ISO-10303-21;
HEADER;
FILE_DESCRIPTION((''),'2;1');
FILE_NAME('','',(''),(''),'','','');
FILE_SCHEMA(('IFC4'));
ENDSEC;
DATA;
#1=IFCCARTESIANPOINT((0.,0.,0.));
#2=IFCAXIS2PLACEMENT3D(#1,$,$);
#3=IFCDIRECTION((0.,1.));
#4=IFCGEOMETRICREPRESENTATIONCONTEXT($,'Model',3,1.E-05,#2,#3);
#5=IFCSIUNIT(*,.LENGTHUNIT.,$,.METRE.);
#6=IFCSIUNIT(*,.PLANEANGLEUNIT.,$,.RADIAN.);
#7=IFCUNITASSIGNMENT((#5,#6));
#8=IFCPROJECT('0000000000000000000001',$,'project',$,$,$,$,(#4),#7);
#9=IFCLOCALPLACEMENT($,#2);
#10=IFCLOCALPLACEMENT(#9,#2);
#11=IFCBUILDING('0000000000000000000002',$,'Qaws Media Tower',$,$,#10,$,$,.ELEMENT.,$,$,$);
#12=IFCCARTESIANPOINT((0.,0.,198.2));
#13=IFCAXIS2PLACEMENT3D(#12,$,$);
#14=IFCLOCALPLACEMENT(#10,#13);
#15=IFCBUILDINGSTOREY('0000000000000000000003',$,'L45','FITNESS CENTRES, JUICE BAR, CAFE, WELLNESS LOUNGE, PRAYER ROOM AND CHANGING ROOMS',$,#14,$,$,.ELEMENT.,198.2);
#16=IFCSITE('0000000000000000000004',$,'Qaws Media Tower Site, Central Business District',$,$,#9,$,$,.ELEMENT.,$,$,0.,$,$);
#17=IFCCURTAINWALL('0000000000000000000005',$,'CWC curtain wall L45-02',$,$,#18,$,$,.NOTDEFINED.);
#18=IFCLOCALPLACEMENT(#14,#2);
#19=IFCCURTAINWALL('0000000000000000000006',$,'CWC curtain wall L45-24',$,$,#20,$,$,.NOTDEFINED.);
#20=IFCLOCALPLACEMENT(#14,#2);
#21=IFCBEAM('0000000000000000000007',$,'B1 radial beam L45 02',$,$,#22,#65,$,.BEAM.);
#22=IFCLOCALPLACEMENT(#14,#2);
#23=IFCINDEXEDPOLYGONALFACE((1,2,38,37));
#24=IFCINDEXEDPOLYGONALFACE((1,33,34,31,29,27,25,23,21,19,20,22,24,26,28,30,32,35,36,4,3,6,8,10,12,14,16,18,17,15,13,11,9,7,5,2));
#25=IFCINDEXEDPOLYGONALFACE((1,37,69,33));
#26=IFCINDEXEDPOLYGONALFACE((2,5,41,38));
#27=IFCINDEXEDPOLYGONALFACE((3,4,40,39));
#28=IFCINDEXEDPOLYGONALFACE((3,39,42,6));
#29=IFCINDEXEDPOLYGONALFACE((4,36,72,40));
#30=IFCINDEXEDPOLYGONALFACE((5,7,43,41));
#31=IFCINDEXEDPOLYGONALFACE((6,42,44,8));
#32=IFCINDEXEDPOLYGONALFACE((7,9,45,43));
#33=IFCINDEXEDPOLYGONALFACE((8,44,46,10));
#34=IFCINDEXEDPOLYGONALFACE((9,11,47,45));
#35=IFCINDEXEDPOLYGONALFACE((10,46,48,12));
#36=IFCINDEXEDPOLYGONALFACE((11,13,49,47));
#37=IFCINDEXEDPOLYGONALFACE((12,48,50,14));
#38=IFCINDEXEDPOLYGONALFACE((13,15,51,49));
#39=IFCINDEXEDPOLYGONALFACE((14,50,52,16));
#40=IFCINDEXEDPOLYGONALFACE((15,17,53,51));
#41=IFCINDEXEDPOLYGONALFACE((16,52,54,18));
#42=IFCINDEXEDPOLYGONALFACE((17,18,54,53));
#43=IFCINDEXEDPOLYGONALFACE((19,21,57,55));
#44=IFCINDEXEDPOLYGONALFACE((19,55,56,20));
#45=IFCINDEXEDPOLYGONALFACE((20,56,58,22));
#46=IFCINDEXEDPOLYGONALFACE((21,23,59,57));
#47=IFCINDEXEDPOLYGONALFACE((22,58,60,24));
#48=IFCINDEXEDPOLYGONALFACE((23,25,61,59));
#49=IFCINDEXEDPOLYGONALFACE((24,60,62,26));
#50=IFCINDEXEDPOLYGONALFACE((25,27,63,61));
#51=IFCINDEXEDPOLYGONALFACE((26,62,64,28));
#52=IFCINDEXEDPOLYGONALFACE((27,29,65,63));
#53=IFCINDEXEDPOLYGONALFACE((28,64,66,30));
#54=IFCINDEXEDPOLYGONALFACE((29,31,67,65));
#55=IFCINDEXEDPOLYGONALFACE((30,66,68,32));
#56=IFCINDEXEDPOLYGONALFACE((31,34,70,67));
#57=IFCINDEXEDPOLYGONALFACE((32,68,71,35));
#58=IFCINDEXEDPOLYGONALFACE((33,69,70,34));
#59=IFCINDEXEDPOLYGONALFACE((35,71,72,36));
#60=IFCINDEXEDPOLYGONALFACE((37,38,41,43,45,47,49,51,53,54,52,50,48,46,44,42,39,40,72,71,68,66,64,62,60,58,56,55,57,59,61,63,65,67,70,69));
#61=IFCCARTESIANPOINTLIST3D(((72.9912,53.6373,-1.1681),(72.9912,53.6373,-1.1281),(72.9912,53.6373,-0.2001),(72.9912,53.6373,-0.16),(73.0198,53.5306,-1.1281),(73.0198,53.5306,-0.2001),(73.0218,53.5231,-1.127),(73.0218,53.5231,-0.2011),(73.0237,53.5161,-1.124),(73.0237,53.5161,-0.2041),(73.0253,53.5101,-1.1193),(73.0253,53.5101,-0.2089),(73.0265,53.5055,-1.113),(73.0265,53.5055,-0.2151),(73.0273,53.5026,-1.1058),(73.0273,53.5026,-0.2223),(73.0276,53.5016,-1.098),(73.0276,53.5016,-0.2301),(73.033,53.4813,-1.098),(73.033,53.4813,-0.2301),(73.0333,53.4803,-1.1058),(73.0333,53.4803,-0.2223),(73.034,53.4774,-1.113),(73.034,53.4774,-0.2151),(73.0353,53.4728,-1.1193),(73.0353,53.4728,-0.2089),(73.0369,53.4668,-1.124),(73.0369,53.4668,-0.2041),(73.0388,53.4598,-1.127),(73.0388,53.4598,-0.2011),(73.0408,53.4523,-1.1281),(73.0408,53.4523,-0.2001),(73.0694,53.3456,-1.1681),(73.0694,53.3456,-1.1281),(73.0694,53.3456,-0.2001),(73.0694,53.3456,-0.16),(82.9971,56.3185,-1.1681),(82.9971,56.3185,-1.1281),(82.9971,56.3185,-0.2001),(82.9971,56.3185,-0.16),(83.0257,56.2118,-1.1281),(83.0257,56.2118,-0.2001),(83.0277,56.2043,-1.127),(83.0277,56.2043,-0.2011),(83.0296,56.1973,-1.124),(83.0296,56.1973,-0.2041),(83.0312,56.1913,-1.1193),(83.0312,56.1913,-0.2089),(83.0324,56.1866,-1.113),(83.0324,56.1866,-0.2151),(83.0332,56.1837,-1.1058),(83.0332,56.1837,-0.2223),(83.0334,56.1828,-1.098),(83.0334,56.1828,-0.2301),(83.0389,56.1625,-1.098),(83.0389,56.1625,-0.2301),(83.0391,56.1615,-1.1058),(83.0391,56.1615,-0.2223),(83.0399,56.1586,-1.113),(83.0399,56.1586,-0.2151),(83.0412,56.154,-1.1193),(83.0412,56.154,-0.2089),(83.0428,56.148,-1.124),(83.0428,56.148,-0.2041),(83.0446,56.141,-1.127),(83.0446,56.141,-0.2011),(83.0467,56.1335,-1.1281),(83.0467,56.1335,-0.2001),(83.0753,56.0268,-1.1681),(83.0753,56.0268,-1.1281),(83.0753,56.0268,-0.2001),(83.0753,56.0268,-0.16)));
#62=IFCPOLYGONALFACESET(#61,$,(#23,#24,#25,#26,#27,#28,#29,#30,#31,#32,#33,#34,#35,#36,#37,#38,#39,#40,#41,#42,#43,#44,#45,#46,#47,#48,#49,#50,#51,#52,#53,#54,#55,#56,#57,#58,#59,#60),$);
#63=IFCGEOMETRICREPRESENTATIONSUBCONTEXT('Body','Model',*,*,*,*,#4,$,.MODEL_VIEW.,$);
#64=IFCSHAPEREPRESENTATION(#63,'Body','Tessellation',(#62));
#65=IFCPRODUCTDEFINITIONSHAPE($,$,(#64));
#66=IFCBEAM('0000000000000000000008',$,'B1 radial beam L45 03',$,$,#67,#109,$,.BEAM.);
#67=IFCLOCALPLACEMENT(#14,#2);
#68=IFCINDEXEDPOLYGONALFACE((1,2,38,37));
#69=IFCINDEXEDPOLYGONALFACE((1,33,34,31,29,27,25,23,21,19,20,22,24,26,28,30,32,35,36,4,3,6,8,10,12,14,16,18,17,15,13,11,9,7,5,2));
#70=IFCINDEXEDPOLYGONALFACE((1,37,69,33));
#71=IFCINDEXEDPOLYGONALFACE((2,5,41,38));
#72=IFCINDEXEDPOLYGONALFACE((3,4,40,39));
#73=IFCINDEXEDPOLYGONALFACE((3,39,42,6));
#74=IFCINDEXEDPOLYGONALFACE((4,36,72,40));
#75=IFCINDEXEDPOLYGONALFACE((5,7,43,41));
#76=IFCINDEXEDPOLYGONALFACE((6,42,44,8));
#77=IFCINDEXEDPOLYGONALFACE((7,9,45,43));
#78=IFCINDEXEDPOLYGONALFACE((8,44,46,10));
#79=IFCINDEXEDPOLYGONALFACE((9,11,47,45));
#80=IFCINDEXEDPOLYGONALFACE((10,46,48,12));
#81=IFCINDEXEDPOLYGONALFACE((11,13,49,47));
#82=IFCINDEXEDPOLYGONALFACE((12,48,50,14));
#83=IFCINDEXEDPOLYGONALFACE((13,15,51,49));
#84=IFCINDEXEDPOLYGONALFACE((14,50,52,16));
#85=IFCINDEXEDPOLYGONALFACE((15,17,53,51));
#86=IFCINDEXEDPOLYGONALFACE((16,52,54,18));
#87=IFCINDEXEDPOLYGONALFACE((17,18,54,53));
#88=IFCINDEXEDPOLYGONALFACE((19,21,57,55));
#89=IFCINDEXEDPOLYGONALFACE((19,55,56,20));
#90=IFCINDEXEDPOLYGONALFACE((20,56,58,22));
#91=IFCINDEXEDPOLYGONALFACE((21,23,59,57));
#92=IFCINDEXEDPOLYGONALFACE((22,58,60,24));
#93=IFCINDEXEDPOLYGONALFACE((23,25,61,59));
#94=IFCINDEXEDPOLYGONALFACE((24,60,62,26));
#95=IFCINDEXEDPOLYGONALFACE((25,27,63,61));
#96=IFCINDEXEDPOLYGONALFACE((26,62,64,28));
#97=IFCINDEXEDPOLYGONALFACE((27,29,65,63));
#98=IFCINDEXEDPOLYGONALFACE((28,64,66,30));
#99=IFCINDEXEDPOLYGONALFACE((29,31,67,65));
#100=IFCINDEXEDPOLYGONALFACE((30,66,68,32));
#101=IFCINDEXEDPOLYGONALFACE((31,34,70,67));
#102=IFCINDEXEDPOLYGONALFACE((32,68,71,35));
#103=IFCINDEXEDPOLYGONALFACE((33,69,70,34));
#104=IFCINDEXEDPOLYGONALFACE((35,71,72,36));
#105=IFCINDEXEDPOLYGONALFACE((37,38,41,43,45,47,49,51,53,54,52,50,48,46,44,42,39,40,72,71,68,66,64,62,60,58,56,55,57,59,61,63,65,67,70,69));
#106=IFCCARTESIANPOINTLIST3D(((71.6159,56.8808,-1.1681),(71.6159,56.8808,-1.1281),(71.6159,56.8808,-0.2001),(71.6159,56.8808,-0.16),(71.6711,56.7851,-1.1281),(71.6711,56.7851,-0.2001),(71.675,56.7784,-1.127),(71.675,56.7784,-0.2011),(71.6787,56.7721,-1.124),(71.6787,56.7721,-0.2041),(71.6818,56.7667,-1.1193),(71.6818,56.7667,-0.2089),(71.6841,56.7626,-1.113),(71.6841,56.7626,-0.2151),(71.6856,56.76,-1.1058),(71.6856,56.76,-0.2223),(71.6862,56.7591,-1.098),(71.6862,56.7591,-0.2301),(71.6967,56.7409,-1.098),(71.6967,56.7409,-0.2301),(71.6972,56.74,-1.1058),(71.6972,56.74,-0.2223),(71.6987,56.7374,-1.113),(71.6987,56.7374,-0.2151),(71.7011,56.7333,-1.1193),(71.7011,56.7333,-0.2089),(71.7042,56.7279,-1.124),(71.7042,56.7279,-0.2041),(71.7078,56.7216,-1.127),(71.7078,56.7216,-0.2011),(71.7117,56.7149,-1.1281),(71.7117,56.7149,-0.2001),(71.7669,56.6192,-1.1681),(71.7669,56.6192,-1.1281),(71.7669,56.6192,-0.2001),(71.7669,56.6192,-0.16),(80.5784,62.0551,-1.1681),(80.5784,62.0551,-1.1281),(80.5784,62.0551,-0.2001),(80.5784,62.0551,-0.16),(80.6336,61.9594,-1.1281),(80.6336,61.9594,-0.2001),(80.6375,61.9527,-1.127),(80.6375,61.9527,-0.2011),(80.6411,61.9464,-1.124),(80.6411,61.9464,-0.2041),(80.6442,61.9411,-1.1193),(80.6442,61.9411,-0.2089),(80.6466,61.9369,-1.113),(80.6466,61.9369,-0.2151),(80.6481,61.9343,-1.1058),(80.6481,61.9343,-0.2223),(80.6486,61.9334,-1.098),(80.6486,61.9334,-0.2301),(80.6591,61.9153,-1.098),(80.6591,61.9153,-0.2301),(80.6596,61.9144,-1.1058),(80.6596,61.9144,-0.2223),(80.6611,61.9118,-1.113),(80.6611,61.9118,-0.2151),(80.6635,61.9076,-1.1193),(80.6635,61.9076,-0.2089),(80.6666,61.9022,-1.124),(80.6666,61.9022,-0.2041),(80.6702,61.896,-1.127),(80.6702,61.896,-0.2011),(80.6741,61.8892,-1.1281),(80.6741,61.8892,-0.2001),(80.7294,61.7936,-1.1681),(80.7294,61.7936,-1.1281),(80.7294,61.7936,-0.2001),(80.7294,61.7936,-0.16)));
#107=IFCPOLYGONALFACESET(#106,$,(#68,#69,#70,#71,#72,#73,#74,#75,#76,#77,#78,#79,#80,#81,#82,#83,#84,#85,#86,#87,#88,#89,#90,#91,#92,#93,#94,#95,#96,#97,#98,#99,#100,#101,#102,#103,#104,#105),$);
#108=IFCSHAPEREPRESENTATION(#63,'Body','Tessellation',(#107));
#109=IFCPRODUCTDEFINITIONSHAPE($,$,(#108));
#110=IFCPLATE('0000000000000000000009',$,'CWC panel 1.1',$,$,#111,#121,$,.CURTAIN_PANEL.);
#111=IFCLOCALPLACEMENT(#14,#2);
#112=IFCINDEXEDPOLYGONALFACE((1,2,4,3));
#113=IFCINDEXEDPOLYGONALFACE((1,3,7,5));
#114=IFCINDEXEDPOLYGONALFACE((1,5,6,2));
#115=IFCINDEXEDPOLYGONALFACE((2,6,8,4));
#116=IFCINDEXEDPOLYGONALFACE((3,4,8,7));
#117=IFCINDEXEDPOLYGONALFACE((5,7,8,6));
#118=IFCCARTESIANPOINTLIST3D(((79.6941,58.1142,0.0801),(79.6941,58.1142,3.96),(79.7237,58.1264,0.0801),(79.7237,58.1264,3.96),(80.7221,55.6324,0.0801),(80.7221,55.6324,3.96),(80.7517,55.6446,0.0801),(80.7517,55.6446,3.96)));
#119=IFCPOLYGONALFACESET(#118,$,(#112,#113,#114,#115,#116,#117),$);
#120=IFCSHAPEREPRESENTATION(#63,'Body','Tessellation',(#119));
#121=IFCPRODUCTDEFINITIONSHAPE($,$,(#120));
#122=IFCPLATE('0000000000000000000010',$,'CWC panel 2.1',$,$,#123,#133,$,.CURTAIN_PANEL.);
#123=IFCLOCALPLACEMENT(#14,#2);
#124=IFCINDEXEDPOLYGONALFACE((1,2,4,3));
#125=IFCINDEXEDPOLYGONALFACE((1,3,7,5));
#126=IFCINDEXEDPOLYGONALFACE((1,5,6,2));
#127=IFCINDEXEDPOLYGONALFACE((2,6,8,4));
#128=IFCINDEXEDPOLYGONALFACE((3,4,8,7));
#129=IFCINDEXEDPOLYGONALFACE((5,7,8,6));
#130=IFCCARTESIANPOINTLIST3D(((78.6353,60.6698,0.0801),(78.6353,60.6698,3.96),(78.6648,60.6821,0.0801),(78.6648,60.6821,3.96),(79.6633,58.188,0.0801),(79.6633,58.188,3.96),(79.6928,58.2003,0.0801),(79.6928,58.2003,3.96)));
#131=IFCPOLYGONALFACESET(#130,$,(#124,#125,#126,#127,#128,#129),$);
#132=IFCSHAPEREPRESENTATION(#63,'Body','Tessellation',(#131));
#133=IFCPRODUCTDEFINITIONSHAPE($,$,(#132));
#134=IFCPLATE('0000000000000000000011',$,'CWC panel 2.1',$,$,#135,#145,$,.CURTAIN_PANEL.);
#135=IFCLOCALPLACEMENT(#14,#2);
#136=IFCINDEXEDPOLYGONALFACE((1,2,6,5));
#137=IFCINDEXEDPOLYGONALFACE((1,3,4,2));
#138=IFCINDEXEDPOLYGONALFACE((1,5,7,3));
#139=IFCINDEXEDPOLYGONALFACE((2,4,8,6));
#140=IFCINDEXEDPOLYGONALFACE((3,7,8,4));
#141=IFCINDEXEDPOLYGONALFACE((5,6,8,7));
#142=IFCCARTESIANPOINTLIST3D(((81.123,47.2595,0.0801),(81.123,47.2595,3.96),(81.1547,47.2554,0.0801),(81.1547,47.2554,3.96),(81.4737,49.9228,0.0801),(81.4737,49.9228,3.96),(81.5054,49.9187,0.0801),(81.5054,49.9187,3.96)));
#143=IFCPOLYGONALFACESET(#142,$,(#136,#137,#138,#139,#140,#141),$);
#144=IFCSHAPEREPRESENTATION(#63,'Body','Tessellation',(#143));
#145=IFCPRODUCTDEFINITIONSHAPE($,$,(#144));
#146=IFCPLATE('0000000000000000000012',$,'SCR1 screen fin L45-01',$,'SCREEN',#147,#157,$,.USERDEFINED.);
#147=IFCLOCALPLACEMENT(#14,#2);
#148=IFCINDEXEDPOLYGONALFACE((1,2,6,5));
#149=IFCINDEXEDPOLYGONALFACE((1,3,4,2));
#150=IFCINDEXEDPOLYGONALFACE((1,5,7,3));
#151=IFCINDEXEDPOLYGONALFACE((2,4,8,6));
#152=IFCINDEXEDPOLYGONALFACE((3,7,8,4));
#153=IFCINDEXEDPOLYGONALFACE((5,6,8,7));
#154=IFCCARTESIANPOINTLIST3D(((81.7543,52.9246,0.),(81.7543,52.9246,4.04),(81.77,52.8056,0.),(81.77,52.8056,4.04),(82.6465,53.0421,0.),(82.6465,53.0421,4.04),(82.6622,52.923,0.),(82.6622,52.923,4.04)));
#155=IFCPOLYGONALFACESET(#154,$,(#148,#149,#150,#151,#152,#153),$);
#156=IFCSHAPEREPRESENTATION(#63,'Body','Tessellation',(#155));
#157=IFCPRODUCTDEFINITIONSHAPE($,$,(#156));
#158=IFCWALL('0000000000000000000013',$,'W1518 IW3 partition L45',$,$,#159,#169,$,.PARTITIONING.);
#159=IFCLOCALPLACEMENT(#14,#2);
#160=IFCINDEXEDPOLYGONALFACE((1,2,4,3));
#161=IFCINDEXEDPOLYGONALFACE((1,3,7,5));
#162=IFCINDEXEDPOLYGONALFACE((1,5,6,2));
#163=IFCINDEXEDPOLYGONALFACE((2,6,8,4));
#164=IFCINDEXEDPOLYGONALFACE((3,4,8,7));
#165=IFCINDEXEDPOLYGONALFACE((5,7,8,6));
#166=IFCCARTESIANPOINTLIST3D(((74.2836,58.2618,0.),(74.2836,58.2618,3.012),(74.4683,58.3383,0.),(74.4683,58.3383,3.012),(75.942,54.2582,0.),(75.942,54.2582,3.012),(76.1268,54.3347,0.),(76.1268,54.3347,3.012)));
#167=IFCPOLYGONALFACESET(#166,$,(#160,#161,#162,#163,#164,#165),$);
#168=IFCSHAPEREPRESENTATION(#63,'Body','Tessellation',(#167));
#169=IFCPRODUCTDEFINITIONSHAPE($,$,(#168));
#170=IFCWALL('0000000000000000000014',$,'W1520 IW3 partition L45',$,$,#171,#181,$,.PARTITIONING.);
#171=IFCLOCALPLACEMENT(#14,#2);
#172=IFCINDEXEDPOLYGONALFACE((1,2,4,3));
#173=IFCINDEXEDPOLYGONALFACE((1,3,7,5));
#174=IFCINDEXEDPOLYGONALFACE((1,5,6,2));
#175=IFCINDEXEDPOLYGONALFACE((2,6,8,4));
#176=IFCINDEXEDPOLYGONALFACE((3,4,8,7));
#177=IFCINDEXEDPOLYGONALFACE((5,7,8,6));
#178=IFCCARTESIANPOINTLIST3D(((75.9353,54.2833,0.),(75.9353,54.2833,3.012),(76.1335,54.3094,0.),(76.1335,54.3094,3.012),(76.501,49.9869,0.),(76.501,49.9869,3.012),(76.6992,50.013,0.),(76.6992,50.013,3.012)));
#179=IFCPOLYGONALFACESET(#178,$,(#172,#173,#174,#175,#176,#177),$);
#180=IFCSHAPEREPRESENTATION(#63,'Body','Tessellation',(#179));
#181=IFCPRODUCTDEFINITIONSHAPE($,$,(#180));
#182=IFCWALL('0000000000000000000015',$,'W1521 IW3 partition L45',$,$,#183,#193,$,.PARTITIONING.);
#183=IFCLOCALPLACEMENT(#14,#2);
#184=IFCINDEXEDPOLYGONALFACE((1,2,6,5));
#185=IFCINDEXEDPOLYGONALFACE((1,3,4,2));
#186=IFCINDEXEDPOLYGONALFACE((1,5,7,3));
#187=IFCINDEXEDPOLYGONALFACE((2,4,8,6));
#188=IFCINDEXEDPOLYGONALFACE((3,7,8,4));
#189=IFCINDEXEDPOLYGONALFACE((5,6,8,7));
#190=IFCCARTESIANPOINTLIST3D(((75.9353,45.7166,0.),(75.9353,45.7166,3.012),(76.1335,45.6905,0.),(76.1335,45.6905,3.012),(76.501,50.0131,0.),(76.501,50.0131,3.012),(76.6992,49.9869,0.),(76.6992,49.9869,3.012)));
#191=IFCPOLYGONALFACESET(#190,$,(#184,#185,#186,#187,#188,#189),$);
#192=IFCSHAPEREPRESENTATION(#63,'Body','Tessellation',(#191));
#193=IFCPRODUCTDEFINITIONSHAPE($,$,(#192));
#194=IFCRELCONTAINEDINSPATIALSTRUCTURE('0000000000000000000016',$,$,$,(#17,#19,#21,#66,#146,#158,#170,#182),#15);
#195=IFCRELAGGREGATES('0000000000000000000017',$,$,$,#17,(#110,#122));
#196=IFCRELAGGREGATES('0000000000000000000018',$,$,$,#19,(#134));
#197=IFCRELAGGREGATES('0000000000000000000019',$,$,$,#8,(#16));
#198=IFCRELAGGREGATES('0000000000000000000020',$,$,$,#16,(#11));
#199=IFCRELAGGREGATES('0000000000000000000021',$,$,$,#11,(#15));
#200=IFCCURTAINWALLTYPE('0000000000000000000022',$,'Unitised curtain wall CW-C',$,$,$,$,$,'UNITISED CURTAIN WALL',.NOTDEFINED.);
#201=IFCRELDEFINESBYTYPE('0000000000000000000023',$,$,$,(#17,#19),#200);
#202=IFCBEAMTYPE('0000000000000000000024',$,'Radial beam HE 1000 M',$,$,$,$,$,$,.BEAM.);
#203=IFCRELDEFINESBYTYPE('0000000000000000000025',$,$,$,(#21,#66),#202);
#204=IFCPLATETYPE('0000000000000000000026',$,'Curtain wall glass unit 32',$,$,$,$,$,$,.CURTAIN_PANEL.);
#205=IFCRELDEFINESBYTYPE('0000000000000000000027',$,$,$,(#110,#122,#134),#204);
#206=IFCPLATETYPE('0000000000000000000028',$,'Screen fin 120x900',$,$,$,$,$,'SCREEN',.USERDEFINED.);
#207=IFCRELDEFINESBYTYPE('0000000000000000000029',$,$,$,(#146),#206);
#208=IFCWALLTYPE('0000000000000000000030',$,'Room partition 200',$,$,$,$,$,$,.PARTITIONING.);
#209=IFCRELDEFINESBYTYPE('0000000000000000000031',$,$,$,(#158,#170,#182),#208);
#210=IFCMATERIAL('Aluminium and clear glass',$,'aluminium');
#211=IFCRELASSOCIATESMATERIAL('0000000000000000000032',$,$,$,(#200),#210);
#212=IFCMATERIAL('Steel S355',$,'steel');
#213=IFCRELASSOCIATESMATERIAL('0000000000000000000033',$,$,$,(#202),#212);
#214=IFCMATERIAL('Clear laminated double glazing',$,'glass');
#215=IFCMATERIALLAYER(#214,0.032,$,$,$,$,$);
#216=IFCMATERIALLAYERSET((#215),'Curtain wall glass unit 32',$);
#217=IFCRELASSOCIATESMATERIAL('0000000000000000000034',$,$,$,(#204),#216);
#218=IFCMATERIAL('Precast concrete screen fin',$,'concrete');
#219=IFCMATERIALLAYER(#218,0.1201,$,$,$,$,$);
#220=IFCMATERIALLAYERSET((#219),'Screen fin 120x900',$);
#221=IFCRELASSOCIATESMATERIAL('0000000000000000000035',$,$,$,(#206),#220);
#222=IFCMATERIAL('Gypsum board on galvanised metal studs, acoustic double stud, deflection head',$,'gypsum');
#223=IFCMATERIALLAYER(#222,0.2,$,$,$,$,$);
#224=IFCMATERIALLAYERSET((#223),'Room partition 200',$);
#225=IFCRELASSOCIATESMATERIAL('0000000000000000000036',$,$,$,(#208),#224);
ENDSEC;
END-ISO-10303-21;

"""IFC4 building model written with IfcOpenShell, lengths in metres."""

from ifc_helpers import new_model, si_unit, direction, frame, frame_2d, origin, origin_2d, place, context, subcontext, project, spatial, rectangle, i_section, extrude, material, layer, layer_set, material_profile, profile_set, type_object, element, aggregate, save


model = new_model("IFC4")

# Units and contexts
model_context = context("Model", 3, precision=1e-05, world=origin(), true_north=direction((0.0, 1.0)))
body_context = subcontext(model_context, "Body", "Model", "MODEL_VIEW")
ifc_project = project(units=[si_unit("LENGTHUNIT", "METRE"), si_unit("PLANEANGLEUNIT", "RADIAN")], contexts=[model_context])

# Site, building, storey
site_placement = place(None, origin())
site = spatial("IfcSite", under=ifc_project, at=site_placement, Name="Qaws Media Tower Site, Central Business District", CompositionType="ELEMENT", RefElevation=0.0)
building_placement = place(site_placement, origin())
building = spatial("IfcBuilding", under=site, at=building_placement, Name="Qaws Media Tower", CompositionType="ELEMENT")
storey_placement = place(building_placement, frame((0.0, 0.0, 198.2)))
storey = spatial("IfcBuildingStorey", under=building, at=storey_placement, Name="L45", Description="FITNESS CENTRES, JUICE BAR, CAFE, WELLNESS LOUNGE, PRAYER ROOM AND CHANGING ROOMS", CompositionType="ELEMENT", Elevation=198.2)

# Curtain wall
ifc_material_1 = material(Name="Aluminium and clear glass", Category="aluminium")
curtain_wall_type = type_object("IfcCurtainWallType", Name="Unitised curtain wall CW-C", ElementType="UNITISED CURTAIN WALL", PredefinedType="NOTDEFINED", material=ifc_material_1)
curtain_wall_1_placement = place(storey_placement, origin())
curtain_wall_1 = element("IfcCurtainWall", 1, at=curtain_wall_1_placement, inside=storey, type_object=curtain_wall_type, Name="CWC curtain wall L45-02", PredefinedType="NOTDEFINED")

# Curtain wall
curtain_wall_2_placement = place(storey_placement, origin())
curtain_wall_2 = element("IfcCurtainWall", 2, at=curtain_wall_2_placement, inside=storey, type_object=curtain_wall_type, Name="CWC curtain wall L45-24", PredefinedType="NOTDEFINED")

# Beams
ifc_material_2 = material(Name="Steel S355", Category="steel")
ifc_material_profile_1 = material_profile(ifc_material_2, i_section(OverallWidth=0.302, OverallDepth=1.0081, WebThickness=0.021, FlangeThickness=0.04, FilletRadius=0.03, at=origin_2d()), Name="HE 1000 M")
ifc_profile_set_1 = profile_set([ifc_material_profile_1], Name="Steel S355")
beam_type_1 = type_object("IfcBeamType", Name="Radial beam HE 1000 M", PredefinedType="BEAM", material=ifc_profile_set_1)
beam_1_placement = place(storey_placement, frame((73.0303, 53.4915, -0.6641), z_axis=(0.965924, 0.258827, 0.0), x_axis=(-0.258827, 0.965924, 0.0)))
element("IfcBeam", 3, at=beam_1_placement, inside=storey, type_object=beam_type_1, Name="B1 radial beam L45 02", PredefinedType="BEAM", context=body_context, shape_type="SweptSolid", body=[
    extrude(i_section(OverallWidth=0.302, OverallDepth=1.0081, WebThickness=0.021, FlangeThickness=0.04, FilletRadius=0.03, at=origin_2d()), origin(), (0.0, 0.0, 1.0), 10.3589),
])
beam_2_placement = place(storey_placement, frame((71.6914, 56.75, -0.6641), z_axis=(0.866031, 0.499991, 0.0), x_axis=(-0.499991, 0.866031, 0.0)))
element("IfcBeam", 4, at=beam_2_placement, inside=storey, type_object=beam_type_1, Name="B1 radial beam L45 03", PredefinedType="BEAM", context=body_context, shape_type="SweptSolid", body=[
    extrude(i_section(OverallWidth=0.302, OverallDepth=1.0081, WebThickness=0.021, FlangeThickness=0.04, FilletRadius=0.03, at=origin_2d()), origin(), (0.0, 0.0, 1.0), 10.3489),
])

# Plates
ifc_material_3 = material(Name="Clear laminated double glazing", Category="glass")
ifc_layer_1 = layer(ifc_material_3, 0.032)
ifc_layer_set_1 = layer_set([ifc_layer_1], Name="Curtain wall glass unit 32")
plate_type_1 = type_object("IfcPlateType", Name="Curtain wall glass unit 32", PredefinedType="CURTAIN_PANEL", material=ifc_layer_set_1)
plate_1_placement = place(storey_placement, frame((80.2229, 56.8794, 0.0801), z_axis=(0.0, 0.0, 1.0), x_axis=(-0.382683, 0.92388, 0.0)))
plate_1 = element("IfcPlate", 5, at=plate_1_placement, type_object=plate_type_1, Name="CWC panel 1.1", PredefinedType="CURTAIN_PANEL", context=body_context, shape_type="SweptSolid", body=[
    extrude(rectangle(XDim=2.6863, YDim=0.032, at=origin_2d()), origin(), (0.0, 0.0, 1.0), 3.8799),
])
plate_2_placement = place(storey_placement, frame((79.1641, 59.4351, 0.0801), z_axis=(0.0, 0.0, 1.0), x_axis=(-0.382683, 0.92388, 0.0)))
plate_2 = element("IfcPlate", 6, at=plate_2_placement, type_object=plate_type_1, Name="CWC panel 2.1", PredefinedType="CURTAIN_PANEL", context=body_context, shape_type="SweptSolid", body=[
    extrude(rectangle(XDim=2.6863, YDim=0.032, at=origin_2d()), origin(), (0.0, 0.0, 1.0), 3.8799),
])
aggregate(curtain_wall_1, [plate_1, plate_2])
plate_3_placement = place(storey_placement, frame((81.3142, 48.5891, 0.0801), z_axis=(0.0, 0.0, 1.0), x_axis=(0.130526, 0.991445, 0.0)))
plate_3 = element("IfcPlate", 7, at=plate_3_placement, type_object=plate_type_1, Name="CWC panel 2.1", PredefinedType="CURTAIN_PANEL", context=body_context, shape_type="SweptSolid", body=[
    extrude(rectangle(XDim=2.6863, YDim=0.032, at=origin_2d()), origin(), (0.0, 0.0, 1.0), 3.8799),
])
aggregate(curtain_wall_2, [plate_3])
ifc_material_4 = material(Name="Precast concrete screen fin", Category="concrete")
ifc_layer_2 = layer(ifc_material_4, 0.1201)
ifc_layer_set_2 = layer_set([ifc_layer_2], Name="Screen fin 120x900")
plate_type_2 = type_object("IfcPlateType", Name="Screen fin 120x900", ElementType="SCREEN", PredefinedType="USERDEFINED", material=ifc_layer_set_2)
plate_4_placement = place(storey_placement, frame((82.2083, 52.9238, 0.0), z_axis=(0.0, 0.0, 1.0), x_axis=(0.991445, 0.130526, 0.0)))
element("IfcPlate", 8, at=plate_4_placement, inside=storey, type_object=plate_type_2, Name="SCR1 screen fin L45-01", ObjectType="SCREEN", PredefinedType="USERDEFINED", context=body_context, shape_type="SweptSolid", body=[
    extrude(rectangle(XDim=0.8999, YDim=0.1201, at=origin_2d()), origin(), (0.0, 0.0, 1.0), 4.04),
])

# Walls
ifc_material_5 = material(Name="Gypsum board on galvanised metal studs, acoustic double stud, deflection head", Category="gypsum")
ifc_layer_3 = layer(ifc_material_5, 0.2)
ifc_layer_set_3 = layer_set([ifc_layer_3], Name="Room partition 200")
wall_type_1 = type_object("IfcWallType", Name="Room partition 200", PredefinedType="PARTITIONING", material=ifc_layer_set_3)
for number, where, z_axis, x_axis, name in (
    (9, (74.376, 58.3, 0.0), (0.0, 0.0, 1.0), (0.382698, -0.923873, 0.0), "W1518 IW3 partition L45"),
    (10, (76.0344, 54.2964, 0.0), (0.0, 0.0, 1.0), (0.130536, -0.991444, 0.0), "W1520 IW3 partition L45"),
    (11, (76.6001, 50.0, 0.0), (0.0, 0.0, 1.0), (-0.130536, -0.991444, 0.0), "W1521 IW3 partition L45"),
):
    element("IfcWall", number, at=place(storey_placement, frame(where, z_axis=z_axis, x_axis=x_axis)), inside=storey, type_object=wall_type_1, Name=name, PredefinedType="PARTITIONING", context=body_context, shape_type="SweptSolid", body=[
        extrude(rectangle(XDim=4.3335, YDim=0.2, at=frame_2d((2.1667, 0.0))), origin(), (0.0, 0.0, 1.0), 3.012),
    ])

save(model, "model.ifc")
